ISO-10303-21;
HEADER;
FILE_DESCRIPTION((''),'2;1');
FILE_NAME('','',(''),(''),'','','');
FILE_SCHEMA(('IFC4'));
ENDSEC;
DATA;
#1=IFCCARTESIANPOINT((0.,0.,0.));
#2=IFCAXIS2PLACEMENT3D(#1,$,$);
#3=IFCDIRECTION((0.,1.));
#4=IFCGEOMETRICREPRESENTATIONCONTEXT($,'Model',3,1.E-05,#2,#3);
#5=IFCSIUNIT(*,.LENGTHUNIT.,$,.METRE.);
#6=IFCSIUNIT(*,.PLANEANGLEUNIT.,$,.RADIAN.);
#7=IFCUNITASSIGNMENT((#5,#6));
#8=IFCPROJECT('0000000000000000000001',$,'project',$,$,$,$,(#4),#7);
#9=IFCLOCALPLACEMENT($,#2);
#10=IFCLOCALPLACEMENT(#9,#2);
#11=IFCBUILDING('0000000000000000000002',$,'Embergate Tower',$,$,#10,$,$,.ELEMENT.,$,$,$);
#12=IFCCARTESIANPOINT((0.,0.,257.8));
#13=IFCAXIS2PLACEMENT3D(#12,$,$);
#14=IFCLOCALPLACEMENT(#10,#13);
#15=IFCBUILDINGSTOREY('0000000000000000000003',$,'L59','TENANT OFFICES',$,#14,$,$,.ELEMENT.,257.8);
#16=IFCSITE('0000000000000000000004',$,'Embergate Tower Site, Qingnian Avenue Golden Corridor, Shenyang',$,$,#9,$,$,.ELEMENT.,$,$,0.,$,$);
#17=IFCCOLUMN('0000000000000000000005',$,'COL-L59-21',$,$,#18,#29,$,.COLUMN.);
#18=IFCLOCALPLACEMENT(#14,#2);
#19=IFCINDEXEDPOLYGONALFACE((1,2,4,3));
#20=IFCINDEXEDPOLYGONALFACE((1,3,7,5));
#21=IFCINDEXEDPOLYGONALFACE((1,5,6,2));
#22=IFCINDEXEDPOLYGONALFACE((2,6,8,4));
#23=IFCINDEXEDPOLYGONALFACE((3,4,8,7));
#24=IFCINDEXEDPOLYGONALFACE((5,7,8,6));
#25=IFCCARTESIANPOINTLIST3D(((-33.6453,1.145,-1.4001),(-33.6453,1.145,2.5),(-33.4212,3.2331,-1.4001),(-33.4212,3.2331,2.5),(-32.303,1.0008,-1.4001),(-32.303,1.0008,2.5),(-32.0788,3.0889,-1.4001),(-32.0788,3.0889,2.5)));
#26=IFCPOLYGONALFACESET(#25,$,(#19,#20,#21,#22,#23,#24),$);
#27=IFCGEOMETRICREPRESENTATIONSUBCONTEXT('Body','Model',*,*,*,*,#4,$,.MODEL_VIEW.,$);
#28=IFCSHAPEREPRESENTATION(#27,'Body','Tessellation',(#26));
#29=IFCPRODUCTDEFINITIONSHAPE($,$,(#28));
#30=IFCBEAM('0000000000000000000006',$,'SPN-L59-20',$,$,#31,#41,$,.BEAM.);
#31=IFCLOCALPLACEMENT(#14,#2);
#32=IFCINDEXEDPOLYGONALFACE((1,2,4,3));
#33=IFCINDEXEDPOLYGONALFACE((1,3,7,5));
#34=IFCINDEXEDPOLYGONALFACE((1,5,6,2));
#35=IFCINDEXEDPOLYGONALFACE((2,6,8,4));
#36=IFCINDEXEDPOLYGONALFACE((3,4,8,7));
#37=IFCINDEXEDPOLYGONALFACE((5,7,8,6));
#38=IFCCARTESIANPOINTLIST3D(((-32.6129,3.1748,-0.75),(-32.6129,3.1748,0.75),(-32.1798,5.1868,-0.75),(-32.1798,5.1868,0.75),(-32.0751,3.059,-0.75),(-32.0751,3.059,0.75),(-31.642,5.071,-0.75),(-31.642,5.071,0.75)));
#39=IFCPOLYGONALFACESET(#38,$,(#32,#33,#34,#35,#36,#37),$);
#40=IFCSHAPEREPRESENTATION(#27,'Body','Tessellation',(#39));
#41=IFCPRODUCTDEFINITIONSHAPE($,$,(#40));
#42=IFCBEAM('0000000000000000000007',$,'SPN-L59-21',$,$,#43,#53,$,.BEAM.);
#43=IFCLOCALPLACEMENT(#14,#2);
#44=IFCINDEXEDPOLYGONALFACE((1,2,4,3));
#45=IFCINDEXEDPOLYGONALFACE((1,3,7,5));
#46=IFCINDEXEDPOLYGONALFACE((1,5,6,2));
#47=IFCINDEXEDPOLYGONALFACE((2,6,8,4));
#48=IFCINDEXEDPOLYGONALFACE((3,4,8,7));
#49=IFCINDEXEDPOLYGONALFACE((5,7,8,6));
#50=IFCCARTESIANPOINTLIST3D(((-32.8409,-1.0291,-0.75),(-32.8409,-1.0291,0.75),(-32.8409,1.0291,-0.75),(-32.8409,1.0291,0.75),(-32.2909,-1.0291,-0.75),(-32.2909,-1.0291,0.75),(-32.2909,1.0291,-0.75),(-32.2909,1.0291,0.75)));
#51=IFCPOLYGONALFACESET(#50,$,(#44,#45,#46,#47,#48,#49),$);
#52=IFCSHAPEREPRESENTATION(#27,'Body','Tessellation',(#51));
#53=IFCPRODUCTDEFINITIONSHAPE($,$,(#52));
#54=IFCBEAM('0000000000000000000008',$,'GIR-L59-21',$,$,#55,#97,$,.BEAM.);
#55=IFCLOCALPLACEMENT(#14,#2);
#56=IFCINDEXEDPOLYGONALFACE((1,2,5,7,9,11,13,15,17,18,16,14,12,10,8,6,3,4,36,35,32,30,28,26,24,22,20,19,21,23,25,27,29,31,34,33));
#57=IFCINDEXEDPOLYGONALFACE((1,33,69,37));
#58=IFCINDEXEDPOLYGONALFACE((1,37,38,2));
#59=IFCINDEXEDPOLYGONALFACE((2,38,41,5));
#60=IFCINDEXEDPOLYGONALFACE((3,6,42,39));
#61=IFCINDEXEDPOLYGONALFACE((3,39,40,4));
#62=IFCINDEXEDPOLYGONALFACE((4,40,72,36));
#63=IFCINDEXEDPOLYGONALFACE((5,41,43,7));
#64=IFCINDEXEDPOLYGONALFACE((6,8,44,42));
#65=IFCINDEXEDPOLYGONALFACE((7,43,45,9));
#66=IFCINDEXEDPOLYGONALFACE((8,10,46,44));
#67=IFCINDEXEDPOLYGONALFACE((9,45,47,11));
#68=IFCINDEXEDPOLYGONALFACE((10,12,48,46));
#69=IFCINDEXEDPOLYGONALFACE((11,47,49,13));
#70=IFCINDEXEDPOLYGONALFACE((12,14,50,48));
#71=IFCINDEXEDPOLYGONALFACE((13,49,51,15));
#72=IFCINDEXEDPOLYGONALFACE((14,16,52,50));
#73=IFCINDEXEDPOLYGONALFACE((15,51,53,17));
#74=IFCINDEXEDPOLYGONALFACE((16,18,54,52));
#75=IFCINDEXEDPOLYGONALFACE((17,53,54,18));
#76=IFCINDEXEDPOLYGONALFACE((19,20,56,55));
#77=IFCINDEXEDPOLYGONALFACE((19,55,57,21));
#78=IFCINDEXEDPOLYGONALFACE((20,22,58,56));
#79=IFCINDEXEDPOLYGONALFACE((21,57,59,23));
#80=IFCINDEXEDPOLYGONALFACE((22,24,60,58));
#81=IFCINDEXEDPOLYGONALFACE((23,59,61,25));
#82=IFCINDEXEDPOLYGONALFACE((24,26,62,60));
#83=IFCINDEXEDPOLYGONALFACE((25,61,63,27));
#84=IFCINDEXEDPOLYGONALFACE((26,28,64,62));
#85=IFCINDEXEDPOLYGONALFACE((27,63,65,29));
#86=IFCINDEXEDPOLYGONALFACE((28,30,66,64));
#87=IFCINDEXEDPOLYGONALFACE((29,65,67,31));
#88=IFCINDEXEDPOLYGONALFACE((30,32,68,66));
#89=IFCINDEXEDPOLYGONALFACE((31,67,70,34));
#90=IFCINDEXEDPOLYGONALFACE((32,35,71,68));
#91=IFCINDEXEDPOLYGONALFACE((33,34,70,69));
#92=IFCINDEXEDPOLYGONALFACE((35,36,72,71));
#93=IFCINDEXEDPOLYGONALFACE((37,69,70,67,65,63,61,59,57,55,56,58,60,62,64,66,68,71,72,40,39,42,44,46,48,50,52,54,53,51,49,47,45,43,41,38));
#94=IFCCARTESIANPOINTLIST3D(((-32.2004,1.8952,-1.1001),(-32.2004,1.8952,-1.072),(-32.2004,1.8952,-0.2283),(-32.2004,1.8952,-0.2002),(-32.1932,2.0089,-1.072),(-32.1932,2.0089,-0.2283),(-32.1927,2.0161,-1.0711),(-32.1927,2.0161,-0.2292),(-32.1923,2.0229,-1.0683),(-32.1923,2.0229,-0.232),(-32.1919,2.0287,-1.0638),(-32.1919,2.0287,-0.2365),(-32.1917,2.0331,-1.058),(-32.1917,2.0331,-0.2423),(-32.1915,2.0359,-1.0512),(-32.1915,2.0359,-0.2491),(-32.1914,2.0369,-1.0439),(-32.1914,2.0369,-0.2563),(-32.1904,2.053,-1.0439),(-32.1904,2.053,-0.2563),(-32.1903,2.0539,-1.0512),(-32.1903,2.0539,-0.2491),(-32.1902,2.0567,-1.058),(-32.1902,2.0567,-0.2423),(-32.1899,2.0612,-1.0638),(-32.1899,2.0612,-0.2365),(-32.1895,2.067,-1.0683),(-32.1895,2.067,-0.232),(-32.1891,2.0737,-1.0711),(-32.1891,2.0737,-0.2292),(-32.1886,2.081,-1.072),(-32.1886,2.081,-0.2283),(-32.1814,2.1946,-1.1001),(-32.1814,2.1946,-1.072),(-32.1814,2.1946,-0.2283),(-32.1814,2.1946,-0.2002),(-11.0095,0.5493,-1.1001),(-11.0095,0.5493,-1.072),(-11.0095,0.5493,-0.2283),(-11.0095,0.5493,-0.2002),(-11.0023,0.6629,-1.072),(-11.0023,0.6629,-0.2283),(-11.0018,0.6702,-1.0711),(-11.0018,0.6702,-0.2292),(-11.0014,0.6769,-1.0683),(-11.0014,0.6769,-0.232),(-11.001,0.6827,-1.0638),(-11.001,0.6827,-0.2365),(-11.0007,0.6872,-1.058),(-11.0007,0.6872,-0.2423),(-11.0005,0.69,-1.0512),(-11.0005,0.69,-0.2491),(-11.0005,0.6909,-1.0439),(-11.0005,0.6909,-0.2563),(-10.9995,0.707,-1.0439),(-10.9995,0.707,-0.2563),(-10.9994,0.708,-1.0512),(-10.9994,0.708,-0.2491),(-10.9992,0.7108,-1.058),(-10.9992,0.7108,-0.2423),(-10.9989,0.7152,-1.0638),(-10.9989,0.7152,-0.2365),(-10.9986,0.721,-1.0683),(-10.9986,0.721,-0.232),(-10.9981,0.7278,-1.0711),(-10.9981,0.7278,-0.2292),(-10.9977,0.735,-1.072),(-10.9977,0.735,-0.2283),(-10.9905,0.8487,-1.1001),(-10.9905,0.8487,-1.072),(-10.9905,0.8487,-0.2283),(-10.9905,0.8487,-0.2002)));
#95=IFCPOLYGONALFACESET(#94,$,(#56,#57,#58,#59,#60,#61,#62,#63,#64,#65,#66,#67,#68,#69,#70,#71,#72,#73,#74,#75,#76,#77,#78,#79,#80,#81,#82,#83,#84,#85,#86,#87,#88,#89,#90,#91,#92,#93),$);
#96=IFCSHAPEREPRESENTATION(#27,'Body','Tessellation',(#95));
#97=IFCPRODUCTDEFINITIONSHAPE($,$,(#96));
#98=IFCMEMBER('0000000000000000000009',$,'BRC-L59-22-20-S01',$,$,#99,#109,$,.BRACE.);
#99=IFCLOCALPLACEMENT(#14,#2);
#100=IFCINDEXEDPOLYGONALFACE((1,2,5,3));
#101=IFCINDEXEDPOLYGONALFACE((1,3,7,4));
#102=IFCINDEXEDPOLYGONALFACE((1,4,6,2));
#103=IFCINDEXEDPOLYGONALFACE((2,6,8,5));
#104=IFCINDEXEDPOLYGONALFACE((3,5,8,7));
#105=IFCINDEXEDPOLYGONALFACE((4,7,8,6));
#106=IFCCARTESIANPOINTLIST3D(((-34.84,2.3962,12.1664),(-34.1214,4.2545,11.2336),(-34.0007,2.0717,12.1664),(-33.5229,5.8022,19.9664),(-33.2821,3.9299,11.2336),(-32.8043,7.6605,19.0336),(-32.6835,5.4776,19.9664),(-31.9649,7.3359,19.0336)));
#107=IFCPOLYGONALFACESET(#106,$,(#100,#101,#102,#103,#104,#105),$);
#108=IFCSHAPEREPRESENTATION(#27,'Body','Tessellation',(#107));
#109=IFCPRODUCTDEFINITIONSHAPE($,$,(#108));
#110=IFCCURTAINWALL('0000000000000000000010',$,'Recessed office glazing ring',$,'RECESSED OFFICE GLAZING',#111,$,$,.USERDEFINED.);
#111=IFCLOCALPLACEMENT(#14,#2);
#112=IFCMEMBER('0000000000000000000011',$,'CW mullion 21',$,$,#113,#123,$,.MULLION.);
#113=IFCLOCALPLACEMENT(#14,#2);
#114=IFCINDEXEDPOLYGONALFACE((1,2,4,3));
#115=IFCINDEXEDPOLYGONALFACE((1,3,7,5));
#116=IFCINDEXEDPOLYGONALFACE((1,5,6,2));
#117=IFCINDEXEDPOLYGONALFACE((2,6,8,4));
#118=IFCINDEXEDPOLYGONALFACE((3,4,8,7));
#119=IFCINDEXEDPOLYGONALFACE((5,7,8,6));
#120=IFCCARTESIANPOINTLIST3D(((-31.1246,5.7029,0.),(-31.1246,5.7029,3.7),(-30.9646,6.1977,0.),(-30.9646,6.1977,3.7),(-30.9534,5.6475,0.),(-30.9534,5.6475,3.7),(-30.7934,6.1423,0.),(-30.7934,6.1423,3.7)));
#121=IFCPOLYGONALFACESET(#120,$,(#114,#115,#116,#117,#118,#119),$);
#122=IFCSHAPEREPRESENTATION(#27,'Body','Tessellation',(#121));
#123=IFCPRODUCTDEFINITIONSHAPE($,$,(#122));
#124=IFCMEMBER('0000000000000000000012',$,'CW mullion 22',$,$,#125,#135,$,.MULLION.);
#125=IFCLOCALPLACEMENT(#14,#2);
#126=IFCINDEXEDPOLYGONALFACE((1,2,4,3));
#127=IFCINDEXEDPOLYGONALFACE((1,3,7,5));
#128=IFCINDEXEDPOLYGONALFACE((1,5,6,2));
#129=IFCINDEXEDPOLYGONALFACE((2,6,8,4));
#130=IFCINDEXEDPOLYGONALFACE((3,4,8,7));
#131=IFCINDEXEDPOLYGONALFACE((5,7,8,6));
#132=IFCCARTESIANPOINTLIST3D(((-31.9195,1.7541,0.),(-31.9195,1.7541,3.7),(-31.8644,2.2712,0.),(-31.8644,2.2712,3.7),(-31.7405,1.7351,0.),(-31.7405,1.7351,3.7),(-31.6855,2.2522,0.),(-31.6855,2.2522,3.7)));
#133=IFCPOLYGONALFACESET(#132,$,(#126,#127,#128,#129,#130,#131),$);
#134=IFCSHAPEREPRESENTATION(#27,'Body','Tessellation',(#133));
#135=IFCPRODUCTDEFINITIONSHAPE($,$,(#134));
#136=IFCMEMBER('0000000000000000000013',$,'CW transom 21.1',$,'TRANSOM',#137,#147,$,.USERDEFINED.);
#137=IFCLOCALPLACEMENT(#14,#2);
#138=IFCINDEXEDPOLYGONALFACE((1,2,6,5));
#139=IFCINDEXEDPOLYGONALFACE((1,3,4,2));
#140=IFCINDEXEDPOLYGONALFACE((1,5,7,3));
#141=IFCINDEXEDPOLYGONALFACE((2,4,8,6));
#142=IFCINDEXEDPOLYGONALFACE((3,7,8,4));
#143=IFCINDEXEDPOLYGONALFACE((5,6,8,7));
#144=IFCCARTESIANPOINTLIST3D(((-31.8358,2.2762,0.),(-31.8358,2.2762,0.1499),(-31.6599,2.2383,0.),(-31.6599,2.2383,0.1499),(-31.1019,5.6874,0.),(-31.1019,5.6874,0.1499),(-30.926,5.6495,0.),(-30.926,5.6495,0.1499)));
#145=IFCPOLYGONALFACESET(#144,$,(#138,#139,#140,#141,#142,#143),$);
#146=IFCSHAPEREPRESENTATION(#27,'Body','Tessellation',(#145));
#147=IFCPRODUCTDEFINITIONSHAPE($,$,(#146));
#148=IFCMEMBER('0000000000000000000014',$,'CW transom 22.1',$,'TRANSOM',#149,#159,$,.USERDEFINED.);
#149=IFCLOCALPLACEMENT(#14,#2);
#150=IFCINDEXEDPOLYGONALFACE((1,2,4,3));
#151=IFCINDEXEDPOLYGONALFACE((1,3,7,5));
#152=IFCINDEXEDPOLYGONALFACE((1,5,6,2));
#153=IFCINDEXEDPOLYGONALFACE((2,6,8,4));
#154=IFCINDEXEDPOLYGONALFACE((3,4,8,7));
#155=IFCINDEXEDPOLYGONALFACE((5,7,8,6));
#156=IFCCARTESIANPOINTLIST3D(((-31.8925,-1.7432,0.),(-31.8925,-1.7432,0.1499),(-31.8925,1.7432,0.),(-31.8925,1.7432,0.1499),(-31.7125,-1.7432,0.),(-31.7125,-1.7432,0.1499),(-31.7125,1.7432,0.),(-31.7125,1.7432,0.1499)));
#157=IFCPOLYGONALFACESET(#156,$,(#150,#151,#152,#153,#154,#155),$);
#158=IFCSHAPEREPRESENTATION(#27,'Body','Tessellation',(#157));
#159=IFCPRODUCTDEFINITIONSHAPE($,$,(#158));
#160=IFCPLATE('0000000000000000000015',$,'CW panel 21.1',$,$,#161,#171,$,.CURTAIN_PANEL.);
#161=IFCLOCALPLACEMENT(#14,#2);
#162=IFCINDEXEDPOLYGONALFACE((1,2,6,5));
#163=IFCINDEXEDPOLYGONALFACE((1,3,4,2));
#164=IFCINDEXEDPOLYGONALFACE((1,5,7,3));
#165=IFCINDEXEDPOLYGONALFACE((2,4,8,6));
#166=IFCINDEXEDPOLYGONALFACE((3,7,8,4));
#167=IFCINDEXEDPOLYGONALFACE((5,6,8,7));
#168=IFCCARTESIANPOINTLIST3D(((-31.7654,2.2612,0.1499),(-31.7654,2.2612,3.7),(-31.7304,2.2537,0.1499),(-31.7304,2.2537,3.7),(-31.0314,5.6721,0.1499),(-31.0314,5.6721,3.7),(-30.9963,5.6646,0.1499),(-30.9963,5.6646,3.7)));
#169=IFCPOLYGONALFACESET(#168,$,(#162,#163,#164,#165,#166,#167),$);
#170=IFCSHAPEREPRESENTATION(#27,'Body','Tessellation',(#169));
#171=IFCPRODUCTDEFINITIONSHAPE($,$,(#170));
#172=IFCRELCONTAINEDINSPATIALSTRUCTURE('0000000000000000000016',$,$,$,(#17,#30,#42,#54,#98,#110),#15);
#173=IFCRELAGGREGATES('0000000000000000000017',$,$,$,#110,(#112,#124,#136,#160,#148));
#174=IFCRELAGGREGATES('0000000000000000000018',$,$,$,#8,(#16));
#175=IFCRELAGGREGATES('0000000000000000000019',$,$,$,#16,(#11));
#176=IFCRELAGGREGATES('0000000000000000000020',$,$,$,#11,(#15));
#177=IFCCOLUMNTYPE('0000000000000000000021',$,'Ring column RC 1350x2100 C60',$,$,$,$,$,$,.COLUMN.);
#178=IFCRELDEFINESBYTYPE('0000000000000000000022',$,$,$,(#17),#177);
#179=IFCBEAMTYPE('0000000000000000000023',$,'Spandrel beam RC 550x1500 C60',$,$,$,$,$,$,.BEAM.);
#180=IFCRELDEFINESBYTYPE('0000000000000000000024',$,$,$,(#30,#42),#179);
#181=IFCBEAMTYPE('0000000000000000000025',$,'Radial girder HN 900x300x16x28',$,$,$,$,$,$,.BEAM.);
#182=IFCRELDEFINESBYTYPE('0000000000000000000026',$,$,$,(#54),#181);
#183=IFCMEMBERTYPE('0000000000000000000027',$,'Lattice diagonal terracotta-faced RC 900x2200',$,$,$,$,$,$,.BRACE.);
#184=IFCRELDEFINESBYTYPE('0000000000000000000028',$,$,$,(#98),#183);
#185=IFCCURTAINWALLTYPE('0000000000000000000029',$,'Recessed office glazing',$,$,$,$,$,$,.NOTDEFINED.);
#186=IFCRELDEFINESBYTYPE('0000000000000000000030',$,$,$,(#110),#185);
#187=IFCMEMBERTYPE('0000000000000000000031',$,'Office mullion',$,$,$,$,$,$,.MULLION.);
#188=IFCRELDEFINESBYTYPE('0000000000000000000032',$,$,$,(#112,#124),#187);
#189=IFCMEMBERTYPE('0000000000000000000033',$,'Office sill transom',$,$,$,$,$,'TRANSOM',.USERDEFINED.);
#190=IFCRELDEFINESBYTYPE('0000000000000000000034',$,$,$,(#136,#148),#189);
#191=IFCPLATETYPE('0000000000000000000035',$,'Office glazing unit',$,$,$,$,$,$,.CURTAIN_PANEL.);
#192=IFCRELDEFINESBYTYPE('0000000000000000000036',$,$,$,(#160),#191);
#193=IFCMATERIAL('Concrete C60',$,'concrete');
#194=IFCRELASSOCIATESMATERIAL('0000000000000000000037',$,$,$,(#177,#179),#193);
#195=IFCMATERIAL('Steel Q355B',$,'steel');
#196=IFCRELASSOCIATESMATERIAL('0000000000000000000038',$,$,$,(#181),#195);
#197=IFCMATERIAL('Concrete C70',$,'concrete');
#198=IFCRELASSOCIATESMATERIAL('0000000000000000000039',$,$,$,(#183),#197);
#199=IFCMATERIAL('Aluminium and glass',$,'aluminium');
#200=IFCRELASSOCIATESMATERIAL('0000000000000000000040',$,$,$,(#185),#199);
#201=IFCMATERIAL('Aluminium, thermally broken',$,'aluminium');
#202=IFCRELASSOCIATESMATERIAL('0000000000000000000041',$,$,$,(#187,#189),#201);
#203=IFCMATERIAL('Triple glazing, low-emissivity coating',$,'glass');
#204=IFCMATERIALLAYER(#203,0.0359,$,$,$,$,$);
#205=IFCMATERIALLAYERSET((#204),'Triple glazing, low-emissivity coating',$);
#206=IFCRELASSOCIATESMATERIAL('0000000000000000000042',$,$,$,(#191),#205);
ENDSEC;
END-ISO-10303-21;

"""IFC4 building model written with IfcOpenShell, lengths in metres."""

from ifc_helpers import new_model, si_unit, direction, frame, origin, origin_2d, place, context, subcontext, project, spatial, rectangle, i_section, extrude, source, transform, mapped, material, layer, layer_set, material_profile, profile_set, type_object, element, aggregate, save


model = new_model("IFC4")

# Units and contexts
model_context = context("Model", 3, precision=1e-05, world=origin(), true_north=direction((0.0, 1.0)))
body_context = subcontext(model_context, "Body", "Model", "MODEL_VIEW")
ifc_project = project(units=[si_unit("LENGTHUNIT", "METRE"), si_unit("PLANEANGLEUNIT", "RADIAN")], contexts=[model_context])

# Site, building, storey
site_placement = place(None, origin())
site = spatial("IfcSite", under=ifc_project, at=site_placement, Name="Embergate Tower Site, Qingnian Avenue Golden Corridor, Shenyang", CompositionType="ELEMENT", RefElevation=0.0)
building_placement = place(site_placement, origin())
building = spatial("IfcBuilding", under=site, at=building_placement, Name="Embergate Tower", CompositionType="ELEMENT")
storey_placement = place(building_placement, frame((0.0, 0.0, 257.8)))
storey = spatial("IfcBuildingStorey", under=building, at=storey_placement, Name="L59", Description="TENANT OFFICES", CompositionType="ELEMENT", Elevation=257.8)

# Column
ifc_material_1 = material(Name="Concrete C60", Category="concrete")
ifc_material_profile_1 = material_profile(ifc_material_1, rectangle(XDim=1.3501, YDim=2.1001, at=origin_2d()), Name="RC 1350x2100")
ifc_profile_set_1 = profile_set([ifc_material_profile_1], Name="Concrete C60")
column_type = type_object("IfcColumnType", Name="Ring column RC 1350x2100 C60", PredefinedType="COLUMN", material=ifc_profile_set_1)
shared_shape_1 = source(origin(), body_context, "Body", "SweptSolid", [
    extrude(rectangle(XDim=1.3501, YDim=2.1001, at=origin_2d()), origin(), (0.0, 0.0, 1.0), 3.9001),
])
column_placement = place(storey_placement, frame((-32.8621, 2.1169, -1.4001), z_axis=(0.0, 0.0, 1.0), x_axis=(-0.994286, 0.10675, 0.0)))
element("IfcColumn", 1, at=column_placement, inside=storey, type_object=column_type, Name="COL-L59-21", PredefinedType="COLUMN", context=body_context, shape_type="MappedRepresentation", body=[
    mapped(shared_shape_1, transform((0.0, 0.0, 0.0))),
])

# Beams
ifc_material_profile_2 = material_profile(ifc_material_1, rectangle(XDim=0.55, YDim=1.5, at=origin_2d()), Name="RC 550x1500")
ifc_profile_set_2 = profile_set([ifc_material_profile_2], Name="Concrete C60")
beam_type_1 = type_object("IfcBeamType", Name="Spandrel beam RC 550x1500 C60", PredefinedType="BEAM", material=ifc_profile_set_2)
shared_shape_2 = source(origin(), body_context, "Body", "SweptSolid", [
    extrude(rectangle(XDim=0.55, YDim=1.5, at=origin_2d()), origin(), (0.0, 0.0, 1.0), 2.0581),
])
for number, where, z_axis, x_axis, name in (
    (2, (-31.9109, 5.1289, 0.0), (-0.210444, -0.977606, 0.0), (0.977606, -0.210444, 0.0), "SPN-L59-20"),
    (3, (-32.5659, 1.0291, 0.0), (0.0, -1.0, 0.0), (1.0, 0.0, 0.0), "SPN-L59-21"),
):
    element("IfcBeam", number, at=place(storey_placement, frame(where, z_axis=z_axis, x_axis=x_axis)), inside=storey, type_object=beam_type_1, Name=name, PredefinedType="BEAM", context=body_context, shape_type="MappedRepresentation", body=[
        mapped(shared_shape_2, transform((0.0, 0.0, 0.0))),
    ])
ifc_material_2 = material(Name="Steel Q355B", Category="steel")
ifc_material_profile_3 = material_profile(ifc_material_2, i_section(OverallWidth=0.3, OverallDepth=0.8999, WebThickness=0.0161, FlangeThickness=0.0281, FilletRadius=0.0281, at=origin_2d()), Name="HN 900x300x16x28")
ifc_profile_set_3 = profile_set([ifc_material_profile_3], Name="Steel Q355 grade B")
beam_type_2 = type_object("IfcBeamType", Name="Radial girder HN 900x300x16x28", PredefinedType="BEAM", material=ifc_profile_set_3)
shared_shape_3 = source(origin(), body_context, "Body", "SweptSolid", [
    extrude(i_section(OverallWidth=0.3, OverallDepth=0.8999, WebThickness=0.0161, FlangeThickness=0.0281, FilletRadius=0.0281, at=origin_2d()), origin(), (0.0, 0.0, 1.0), 21.2336),
])
beam_placement = place(storey_placement, frame((-32.1909, 2.0449, -0.6501), z_axis=(0.997989, -0.063388, 0.0), x_axis=(0.063388, 0.997989, 0.0)))
element("IfcBeam", 4, at=beam_placement, inside=storey, type_object=beam_type_2, Name="GIR-L59-21", PredefinedType="BEAM", context=body_context, shape_type="MappedRepresentation", body=[
    mapped(shared_shape_3, transform((0.0, 0.0, 0.0))),
])

# Member
ifc_material_3 = material(Name="Concrete C70", Category="concrete")
ifc_material_profile_4 = material_profile(ifc_material_3, rectangle(XDim=0.8999, YDim=2.2, at=origin_2d()), Name="RC 900x2200")
ifc_profile_set_4 = profile_set([ifc_material_profile_4], Name="Concrete C70")
member_type_1 = type_object("IfcMemberType", Name="Lattice diagonal terracotta-faced RC 900x2200", PredefinedType="BRACE", material=ifc_profile_set_4)
shared_shape_4 = source(origin(), body_context, "Body", "SweptSolid", [
    extrude(rectangle(XDim=0.8999, YDim=2.2, at=origin_2d()), origin(), (0.0, 0.0, 1.0), 8.6125),
])
member_1_placement = place(storey_placement, frame((-34.061, 3.1631, 11.7), z_axis=(0.152932, 0.395469, 0.905658), x_axis=(-0.932689, 0.360681, 0.0)))
element("IfcMember", 5, at=member_1_placement, inside=storey, type_object=member_type_1, Name="BRC-L59-22-20-S01", PredefinedType="BRACE", context=body_context, shape_type="MappedRepresentation", body=[
    mapped(shared_shape_4, transform((0.0, 0.0, 0.0))),
])

# Curtain wall, members, plate
ifc_material_4 = material(Name="Aluminium and glass", Category="aluminium")
curtain_wall_type = type_object("IfcCurtainWallType", Name="Recessed office glazing", PredefinedType="NOTDEFINED", material=ifc_material_4)
curtain_wall_placement = place(storey_placement, origin())
curtain_wall = element("IfcCurtainWall", 6, at=curtain_wall_placement, inside=storey, type_object=curtain_wall_type, Name="Recessed office glazing ring", ObjectType="RECESSED OFFICE GLAZING", PredefinedType="USERDEFINED")
ifc_material_5 = material(Name="Aluminium, thermally broken", Category="aluminium")
ifc_material_profile_5 = material_profile(ifc_material_5, rectangle(XDim=0.1799, YDim=0.52, at=origin_2d()), Name="AL 520x180")
ifc_profile_set_5 = profile_set([ifc_material_profile_5], Name="Aluminium, thermally broken")
member_type_2 = type_object("IfcMemberType", Name="Office mullion", PredefinedType="MULLION", material=ifc_profile_set_5)
shared_shape_5 = source(origin(), body_context, "Body", "SweptSolid", [
    extrude(rectangle(XDim=0.1799, YDim=0.52, at=origin_2d()), origin(), (0.0, 0.0, 1.0), 3.7),
])
member_2_placement = place(storey_placement, frame((-30.959, 5.9226, 0.0), z_axis=(0.0, 0.0, 1.0), x_axis=(0.951494, -0.307667, 0.0)))
member_2 = element("IfcMember", 7, at=member_2_placement, type_object=member_type_2, Name="CW mullion 21", PredefinedType="MULLION", context=body_context, shape_type="MappedRepresentation", body=[
    mapped(shared_shape_5, transform((0.0, 0.0, 0.0))),
])
member_3_placement = place(storey_placement, frame((-31.8025, 2.0032, 0.0), z_axis=(0.0, 0.0, 1.0), x_axis=(0.994384, -0.105828, 0.0)))
member_3 = element("IfcMember", 8, at=member_3_placement, type_object=member_type_2, Name="CW mullion 22", PredefinedType="MULLION", context=body_context, shape_type="MappedRepresentation", body=[
    mapped(shared_shape_5, transform((0.0, 0.0, 0.0))),
])
ifc_material_profile_6 = material_profile(ifc_material_5, rectangle(XDim=0.1799, YDim=0.1499, at=origin_2d()), Name="AL 150x180")
ifc_profile_set_6 = profile_set([ifc_material_profile_6], Name="Aluminium, thermally broken")
member_type_3 = type_object("IfcMemberType", Name="Office sill transom", ElementType="TRANSOM", PredefinedType="USERDEFINED", material=ifc_profile_set_6)
shared_shape_6 = source(origin(), body_context, "Body", "SweptSolid", [
    extrude(rectangle(XDim=0.1799, YDim=0.1499, at=origin_2d()), origin(), (0.0, 0.0, 1.0), 3.4893),
])
member_4_placement = place(storey_placement, frame((-31.0139, 5.6685, 0.075), z_axis=(-0.210332, -0.97763, 0.0), x_axis=(0.97763, -0.210332, 0.0)))
member_4 = element("IfcMember", 9, at=member_4_placement, type_object=member_type_3, Name="CW transom 21.1", ObjectType="TRANSOM", PredefinedType="USERDEFINED", context=body_context, shape_type="MappedRepresentation", body=[
    mapped(shared_shape_6, transform((0.0, 0.0, 0.0))),
])
shared_shape_7 = source(origin(), body_context, "Body", "SweptSolid", [
    extrude(rectangle(XDim=0.1799, YDim=0.1499, at=origin_2d()), origin(), (0.0, 0.0, 1.0), 3.4863),
])
member_5_placement = place(storey_placement, frame((-31.8025, 1.7432, 0.075), z_axis=(0.0, -1.0, 0.0), x_axis=(1.0, 0.0, 0.0)))
member_5 = element("IfcMember", 10, at=member_5_placement, type_object=member_type_3, Name="CW transom 22.1", ObjectType="TRANSOM", PredefinedType="USERDEFINED", context=body_context, shape_type="MappedRepresentation", body=[
    mapped(shared_shape_7, transform((0.0, 0.0, 0.0))),
])
ifc_material_6 = material(Name="Triple glazing, low-emissivity coating", Category="glass")
ifc_layer_1 = layer(ifc_material_6, 0.0359)
ifc_layer_set_1 = layer_set([ifc_layer_1], Name="Triple glazing, low-emissivity coating")
plate_type = type_object("IfcPlateType", Name="Office glazing unit", PredefinedType="CURTAIN_PANEL", material=ifc_layer_set_1)
shared_shape_8 = source(origin(), body_context, "Body", "SweptSolid", [
    extrude(rectangle(XDim=3.489, YDim=0.0359, at=origin_2d()), origin(), (0.0, 0.0, 1.0), 3.55),
])
plate_1_placement = place(storey_placement, frame((-31.3809, 3.9629, 0.1499), z_axis=(0.0, 0.0, 1.0), x_axis=(-0.210402, -0.977615, 0.0)))
plate_1 = element("IfcPlate", 11, at=plate_1_placement, type_object=plate_type, Name="CW panel 21.1", PredefinedType="CURTAIN_PANEL", context=body_context, shape_type="MappedRepresentation", body=[
    mapped(shared_shape_8, transform((0.0, 0.0, 0.0))),
])
aggregate(curtain_wall, [member_2, member_3, member_4, plate_1, member_5])

save(model, "model.ifc")
